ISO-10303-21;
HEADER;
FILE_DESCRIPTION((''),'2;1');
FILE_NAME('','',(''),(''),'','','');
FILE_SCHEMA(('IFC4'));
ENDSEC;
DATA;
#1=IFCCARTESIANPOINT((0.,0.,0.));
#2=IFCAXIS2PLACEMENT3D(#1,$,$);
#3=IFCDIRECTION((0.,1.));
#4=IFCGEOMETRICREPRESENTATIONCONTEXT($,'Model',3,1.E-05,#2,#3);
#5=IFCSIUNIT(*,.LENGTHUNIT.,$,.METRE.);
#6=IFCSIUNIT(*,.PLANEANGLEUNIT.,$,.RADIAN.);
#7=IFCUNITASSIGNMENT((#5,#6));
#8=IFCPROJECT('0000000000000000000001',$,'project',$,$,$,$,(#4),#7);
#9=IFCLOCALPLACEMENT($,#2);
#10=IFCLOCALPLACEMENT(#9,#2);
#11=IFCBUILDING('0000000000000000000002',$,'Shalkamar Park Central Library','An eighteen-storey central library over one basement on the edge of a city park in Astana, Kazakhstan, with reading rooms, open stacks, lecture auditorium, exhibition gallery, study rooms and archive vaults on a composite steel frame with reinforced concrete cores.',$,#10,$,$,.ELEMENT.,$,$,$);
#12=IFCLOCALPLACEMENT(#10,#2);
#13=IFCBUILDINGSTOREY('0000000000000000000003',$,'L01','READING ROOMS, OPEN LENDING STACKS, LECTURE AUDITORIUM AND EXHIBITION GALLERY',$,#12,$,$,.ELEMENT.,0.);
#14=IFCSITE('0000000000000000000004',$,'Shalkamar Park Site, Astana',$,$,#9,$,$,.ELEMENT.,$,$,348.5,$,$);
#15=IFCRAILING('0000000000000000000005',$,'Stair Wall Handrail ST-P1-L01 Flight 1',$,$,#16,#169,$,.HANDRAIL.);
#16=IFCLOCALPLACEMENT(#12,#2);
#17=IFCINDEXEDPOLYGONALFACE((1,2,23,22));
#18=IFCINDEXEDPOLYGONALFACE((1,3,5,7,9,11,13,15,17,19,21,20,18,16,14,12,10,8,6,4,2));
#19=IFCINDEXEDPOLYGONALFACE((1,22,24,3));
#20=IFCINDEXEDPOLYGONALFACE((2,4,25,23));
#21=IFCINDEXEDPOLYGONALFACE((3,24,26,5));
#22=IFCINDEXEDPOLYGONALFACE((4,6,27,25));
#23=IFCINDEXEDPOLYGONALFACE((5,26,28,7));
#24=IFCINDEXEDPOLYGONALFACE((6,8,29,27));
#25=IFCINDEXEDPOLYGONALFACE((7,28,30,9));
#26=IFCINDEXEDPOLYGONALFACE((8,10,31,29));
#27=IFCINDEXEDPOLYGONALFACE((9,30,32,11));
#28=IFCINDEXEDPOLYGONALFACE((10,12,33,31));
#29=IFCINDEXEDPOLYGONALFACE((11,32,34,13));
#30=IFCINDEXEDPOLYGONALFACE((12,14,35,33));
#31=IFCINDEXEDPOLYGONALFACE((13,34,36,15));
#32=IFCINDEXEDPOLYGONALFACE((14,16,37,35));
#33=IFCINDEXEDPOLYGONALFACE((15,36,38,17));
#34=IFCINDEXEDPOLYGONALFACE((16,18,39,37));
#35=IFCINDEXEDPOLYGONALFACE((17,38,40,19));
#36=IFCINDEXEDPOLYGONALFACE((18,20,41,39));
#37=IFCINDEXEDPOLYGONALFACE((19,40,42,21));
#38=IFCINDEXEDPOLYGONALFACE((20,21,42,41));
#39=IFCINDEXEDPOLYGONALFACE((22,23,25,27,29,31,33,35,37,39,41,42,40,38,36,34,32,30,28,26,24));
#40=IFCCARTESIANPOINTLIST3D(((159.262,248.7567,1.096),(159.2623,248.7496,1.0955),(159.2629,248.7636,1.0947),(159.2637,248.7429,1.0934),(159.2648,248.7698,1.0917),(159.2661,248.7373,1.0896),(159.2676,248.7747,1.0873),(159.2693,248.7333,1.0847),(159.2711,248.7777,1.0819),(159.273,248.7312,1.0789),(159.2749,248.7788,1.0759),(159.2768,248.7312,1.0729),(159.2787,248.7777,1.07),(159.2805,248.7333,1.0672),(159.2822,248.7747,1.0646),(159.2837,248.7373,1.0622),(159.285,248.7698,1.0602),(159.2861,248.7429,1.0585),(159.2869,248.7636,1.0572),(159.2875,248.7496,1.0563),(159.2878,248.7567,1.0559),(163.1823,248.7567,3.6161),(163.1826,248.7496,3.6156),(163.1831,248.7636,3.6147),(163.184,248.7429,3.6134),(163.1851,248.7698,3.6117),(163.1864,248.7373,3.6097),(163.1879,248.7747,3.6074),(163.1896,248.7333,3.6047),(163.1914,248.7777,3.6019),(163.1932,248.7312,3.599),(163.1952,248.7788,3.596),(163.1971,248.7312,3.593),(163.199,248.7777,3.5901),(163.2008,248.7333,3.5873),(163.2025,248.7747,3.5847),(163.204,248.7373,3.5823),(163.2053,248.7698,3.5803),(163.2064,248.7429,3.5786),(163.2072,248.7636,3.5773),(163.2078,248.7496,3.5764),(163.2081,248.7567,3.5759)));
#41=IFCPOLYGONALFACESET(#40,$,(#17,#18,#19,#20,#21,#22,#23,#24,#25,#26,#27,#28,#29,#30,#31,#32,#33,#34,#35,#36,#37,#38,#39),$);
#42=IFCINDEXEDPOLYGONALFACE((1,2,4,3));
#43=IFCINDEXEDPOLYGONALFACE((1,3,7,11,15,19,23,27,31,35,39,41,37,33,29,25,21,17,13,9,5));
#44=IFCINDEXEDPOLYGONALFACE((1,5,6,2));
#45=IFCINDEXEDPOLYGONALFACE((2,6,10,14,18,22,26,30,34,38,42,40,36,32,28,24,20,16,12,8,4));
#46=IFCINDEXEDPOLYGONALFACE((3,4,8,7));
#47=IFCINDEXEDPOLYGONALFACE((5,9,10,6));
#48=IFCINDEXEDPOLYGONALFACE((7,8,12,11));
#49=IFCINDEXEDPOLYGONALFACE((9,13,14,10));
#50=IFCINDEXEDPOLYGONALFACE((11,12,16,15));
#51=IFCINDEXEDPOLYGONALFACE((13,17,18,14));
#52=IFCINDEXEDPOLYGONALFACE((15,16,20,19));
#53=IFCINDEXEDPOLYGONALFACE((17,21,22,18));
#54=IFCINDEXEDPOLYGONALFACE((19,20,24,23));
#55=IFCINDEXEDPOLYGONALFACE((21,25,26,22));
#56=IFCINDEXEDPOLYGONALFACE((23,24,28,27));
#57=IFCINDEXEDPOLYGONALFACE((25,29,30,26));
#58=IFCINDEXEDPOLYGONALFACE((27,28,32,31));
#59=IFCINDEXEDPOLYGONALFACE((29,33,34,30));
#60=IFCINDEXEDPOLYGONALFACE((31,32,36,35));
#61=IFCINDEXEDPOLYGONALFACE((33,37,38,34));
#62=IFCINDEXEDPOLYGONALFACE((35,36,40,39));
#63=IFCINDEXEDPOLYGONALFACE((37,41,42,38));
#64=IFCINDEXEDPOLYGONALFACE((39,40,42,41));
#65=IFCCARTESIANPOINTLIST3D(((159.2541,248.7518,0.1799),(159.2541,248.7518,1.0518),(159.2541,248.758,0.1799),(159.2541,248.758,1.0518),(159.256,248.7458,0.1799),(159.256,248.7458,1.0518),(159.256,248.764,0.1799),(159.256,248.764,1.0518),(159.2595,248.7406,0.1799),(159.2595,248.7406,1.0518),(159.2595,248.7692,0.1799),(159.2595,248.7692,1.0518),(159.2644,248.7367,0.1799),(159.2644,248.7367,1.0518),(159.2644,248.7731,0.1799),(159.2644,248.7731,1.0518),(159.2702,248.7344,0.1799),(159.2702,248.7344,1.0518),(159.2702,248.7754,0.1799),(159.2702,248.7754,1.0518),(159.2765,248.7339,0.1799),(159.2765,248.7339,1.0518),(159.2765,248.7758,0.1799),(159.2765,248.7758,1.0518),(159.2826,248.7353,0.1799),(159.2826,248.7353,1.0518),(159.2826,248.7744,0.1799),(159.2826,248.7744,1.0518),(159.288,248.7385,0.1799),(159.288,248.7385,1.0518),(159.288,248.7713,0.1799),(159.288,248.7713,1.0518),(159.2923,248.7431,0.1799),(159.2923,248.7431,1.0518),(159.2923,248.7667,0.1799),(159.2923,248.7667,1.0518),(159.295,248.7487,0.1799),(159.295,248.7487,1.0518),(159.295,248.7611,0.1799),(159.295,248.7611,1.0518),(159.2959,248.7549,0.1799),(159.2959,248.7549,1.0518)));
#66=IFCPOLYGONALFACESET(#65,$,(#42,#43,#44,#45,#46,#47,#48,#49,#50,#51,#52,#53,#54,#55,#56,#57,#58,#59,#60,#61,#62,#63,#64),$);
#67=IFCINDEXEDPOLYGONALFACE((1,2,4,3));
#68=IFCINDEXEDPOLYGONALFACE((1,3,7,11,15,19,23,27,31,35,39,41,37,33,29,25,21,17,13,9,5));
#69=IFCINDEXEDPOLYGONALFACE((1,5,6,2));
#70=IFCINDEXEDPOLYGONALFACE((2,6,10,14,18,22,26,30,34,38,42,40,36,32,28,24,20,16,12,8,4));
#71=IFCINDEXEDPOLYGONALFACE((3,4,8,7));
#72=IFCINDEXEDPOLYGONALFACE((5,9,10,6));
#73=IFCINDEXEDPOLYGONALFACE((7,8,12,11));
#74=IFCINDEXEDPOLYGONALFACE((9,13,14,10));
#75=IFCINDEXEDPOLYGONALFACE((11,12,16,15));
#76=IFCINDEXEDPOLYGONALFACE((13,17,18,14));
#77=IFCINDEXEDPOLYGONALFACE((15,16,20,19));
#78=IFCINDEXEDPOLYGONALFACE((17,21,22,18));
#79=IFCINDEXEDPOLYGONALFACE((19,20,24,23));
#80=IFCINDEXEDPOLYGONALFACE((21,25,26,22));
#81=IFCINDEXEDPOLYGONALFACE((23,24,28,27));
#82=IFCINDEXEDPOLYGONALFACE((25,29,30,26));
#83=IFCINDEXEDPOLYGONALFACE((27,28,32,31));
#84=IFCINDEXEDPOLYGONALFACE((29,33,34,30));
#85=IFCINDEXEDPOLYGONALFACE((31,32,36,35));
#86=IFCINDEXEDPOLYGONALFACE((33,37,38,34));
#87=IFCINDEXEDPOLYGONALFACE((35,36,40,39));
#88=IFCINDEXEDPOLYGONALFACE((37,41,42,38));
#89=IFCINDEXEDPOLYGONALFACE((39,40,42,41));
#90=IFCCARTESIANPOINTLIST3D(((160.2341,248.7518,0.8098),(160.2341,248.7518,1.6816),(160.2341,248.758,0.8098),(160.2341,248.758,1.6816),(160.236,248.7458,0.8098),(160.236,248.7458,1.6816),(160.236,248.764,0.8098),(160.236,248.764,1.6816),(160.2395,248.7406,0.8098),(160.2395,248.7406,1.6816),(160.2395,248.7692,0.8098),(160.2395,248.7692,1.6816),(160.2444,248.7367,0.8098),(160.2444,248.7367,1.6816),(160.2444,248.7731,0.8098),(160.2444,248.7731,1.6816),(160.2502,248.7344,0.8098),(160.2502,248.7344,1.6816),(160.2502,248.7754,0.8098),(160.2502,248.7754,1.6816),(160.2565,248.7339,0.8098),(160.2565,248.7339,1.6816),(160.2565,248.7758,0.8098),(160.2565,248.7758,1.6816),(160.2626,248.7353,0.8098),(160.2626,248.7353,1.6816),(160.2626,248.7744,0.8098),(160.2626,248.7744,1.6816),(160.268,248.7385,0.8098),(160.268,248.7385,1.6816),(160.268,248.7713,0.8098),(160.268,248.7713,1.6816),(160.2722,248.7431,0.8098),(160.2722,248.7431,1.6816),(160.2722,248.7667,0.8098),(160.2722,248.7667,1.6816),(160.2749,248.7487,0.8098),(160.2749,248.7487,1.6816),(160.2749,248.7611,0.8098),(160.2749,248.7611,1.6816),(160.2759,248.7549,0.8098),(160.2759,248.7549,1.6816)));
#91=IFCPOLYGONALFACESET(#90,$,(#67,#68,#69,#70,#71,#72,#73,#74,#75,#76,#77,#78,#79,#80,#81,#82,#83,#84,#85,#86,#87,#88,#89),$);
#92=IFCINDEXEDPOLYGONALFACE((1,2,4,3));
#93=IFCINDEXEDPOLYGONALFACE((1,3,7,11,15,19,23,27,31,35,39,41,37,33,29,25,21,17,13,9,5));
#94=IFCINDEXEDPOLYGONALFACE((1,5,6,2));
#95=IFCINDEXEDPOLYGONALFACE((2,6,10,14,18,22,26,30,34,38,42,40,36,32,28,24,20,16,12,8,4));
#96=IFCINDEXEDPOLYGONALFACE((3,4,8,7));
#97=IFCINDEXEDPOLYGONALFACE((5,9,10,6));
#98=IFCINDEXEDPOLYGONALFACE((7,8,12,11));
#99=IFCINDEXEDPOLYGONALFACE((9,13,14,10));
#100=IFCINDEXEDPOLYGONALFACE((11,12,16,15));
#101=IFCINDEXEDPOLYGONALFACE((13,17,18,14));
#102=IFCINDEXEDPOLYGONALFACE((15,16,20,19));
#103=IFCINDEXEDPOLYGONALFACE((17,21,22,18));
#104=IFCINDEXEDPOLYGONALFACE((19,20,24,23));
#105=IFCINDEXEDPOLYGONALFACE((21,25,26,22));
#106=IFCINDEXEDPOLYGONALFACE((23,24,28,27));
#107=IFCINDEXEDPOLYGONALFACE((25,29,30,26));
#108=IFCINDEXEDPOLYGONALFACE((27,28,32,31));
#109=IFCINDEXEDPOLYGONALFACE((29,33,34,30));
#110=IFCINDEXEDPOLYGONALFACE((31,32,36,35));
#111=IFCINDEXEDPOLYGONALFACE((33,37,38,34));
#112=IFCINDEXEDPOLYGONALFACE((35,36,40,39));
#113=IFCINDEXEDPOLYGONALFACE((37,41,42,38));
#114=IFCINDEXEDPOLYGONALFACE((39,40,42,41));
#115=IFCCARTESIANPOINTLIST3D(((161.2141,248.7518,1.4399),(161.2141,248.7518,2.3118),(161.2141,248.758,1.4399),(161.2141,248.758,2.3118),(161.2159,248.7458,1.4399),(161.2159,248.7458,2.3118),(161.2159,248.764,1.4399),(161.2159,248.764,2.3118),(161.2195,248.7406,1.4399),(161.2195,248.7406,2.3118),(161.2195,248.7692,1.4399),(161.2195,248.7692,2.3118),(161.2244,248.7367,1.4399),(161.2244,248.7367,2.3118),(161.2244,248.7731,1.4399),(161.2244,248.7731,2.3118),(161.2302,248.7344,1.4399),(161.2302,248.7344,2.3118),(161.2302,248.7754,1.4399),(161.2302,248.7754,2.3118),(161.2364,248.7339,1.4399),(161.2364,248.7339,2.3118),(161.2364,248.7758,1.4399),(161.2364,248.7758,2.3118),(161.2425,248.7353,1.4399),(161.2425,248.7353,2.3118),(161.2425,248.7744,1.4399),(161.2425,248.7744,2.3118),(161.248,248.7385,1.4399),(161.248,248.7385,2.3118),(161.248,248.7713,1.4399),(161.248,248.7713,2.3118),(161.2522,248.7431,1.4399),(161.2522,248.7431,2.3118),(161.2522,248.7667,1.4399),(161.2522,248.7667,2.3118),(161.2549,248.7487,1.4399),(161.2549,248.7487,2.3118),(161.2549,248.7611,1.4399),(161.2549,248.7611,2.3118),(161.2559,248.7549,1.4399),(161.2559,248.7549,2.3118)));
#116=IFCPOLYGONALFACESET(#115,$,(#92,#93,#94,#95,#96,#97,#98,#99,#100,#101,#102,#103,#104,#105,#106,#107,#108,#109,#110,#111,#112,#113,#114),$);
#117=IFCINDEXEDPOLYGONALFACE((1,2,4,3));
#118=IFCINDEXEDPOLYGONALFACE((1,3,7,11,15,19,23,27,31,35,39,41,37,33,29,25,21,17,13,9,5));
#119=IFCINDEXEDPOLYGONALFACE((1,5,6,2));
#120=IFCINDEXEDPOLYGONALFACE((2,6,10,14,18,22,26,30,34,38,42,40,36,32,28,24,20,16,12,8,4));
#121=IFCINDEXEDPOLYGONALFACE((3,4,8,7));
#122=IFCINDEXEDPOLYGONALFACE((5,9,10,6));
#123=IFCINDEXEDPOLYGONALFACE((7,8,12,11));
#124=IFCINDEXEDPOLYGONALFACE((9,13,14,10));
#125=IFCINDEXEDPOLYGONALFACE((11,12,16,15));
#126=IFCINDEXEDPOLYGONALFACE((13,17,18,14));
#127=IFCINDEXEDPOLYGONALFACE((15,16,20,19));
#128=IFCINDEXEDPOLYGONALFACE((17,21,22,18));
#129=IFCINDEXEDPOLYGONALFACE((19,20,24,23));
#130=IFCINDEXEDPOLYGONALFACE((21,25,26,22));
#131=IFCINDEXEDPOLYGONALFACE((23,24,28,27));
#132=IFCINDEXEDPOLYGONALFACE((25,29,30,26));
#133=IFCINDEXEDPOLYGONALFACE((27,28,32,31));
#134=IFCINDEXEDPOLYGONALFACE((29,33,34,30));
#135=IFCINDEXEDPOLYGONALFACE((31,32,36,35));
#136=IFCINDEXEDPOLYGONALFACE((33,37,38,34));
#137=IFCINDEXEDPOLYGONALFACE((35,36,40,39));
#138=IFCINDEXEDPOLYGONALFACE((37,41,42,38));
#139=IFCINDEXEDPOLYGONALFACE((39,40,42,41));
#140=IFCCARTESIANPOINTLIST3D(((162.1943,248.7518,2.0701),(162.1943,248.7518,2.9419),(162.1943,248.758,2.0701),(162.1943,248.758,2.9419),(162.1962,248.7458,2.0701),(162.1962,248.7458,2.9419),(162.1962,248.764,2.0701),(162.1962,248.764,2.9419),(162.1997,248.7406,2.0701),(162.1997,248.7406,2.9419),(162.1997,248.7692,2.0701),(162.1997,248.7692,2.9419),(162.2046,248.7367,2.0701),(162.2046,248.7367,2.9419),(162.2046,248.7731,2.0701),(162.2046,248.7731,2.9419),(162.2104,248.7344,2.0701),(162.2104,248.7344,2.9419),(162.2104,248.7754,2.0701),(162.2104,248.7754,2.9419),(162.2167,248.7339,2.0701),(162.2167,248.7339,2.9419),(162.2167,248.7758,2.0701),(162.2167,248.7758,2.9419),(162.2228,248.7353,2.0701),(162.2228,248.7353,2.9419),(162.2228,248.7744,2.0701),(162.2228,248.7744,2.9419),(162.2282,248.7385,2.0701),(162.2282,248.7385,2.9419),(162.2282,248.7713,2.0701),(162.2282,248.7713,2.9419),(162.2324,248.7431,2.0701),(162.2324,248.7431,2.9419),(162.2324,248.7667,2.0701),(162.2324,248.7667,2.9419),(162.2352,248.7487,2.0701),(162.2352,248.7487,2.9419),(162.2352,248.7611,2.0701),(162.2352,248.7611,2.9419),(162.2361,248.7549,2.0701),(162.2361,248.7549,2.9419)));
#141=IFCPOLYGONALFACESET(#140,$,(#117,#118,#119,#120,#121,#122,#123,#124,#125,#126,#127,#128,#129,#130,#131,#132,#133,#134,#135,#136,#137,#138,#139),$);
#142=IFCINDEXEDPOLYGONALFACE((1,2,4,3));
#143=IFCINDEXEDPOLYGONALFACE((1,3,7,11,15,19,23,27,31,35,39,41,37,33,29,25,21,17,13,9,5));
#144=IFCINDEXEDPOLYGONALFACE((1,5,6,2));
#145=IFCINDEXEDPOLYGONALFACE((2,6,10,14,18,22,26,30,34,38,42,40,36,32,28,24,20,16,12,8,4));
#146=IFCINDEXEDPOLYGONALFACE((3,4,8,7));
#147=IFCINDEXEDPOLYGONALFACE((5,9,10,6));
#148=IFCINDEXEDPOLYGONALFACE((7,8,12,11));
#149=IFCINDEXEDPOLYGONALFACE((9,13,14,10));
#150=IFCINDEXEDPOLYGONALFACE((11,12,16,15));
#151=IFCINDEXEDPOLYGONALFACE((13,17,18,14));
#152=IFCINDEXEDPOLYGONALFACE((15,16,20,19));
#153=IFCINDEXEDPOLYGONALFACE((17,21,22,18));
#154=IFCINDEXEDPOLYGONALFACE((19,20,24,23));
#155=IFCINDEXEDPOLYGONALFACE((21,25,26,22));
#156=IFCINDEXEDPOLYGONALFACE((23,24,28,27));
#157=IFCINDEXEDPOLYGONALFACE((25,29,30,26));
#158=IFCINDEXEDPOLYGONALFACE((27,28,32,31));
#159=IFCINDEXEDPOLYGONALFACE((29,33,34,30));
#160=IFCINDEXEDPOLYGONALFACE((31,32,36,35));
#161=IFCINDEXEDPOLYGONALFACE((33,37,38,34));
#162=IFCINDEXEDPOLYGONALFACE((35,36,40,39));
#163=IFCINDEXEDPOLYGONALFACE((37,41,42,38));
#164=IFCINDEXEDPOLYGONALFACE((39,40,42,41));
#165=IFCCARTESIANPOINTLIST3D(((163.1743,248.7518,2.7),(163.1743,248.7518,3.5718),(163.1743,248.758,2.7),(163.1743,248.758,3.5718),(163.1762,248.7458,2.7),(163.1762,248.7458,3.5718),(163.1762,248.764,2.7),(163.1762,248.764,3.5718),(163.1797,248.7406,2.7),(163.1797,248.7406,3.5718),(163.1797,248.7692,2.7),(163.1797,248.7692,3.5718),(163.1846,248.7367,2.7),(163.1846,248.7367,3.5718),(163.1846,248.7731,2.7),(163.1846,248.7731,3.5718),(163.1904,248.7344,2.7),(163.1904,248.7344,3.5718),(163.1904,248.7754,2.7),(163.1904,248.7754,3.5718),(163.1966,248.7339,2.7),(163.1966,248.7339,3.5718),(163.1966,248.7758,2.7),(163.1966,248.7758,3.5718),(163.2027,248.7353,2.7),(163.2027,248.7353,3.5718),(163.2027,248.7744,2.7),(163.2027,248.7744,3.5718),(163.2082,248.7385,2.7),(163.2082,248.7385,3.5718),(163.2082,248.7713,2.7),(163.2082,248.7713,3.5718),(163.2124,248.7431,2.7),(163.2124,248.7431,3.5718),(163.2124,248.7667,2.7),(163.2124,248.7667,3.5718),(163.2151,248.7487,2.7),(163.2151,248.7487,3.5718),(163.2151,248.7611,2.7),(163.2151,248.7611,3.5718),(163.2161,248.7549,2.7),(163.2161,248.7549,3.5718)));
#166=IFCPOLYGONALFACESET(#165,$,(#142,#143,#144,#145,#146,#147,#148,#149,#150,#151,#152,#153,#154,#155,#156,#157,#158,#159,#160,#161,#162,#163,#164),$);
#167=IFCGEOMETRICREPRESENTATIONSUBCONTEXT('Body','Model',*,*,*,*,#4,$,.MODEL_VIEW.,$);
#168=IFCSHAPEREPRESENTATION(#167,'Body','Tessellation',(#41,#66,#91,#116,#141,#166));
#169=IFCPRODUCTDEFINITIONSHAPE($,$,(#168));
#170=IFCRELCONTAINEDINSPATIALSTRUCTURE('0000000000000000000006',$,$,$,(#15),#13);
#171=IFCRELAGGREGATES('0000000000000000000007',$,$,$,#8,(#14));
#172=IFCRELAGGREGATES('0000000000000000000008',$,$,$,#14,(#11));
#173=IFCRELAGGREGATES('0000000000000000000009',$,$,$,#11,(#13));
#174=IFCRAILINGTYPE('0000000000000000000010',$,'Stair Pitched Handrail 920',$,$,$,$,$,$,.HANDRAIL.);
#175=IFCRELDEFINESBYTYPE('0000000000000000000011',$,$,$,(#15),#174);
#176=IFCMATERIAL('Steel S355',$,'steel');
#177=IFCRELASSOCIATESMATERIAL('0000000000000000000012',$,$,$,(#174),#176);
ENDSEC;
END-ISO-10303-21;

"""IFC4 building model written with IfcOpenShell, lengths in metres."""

from ifc_helpers import new_model, si_unit, direction, frame, origin, origin_2d, place, context, subcontext, project, spatial, circle, extrude, material, type_object, element, save


model = new_model("IFC4")

# Units and contexts
model_context = context("Model", 3, precision=1e-05, world=origin(), true_north=direction((0.0, 1.0)))
body_context = subcontext(model_context, "Body", "Model", "MODEL_VIEW")
ifc_project = project(units=[si_unit("LENGTHUNIT", "METRE"), si_unit("PLANEANGLEUNIT", "RADIAN")], contexts=[model_context])

# Site, building, storey
site_placement = place(None, origin())
site = spatial("IfcSite", under=ifc_project, at=site_placement, Name="Shalkamar Park Site, Astana", CompositionType="ELEMENT", RefElevation=348.5)
building_placement = place(site_placement, origin())
building = spatial("IfcBuilding", under=site, at=building_placement, Name="Shalkamar Park Central Library", Description="An eighteen-storey central library over one basement on the edge of a city park in Astana, Kazakhstan, with reading rooms, open stacks, lecture auditorium, exhibition gallery, study rooms and archive vaults on a composite steel frame with reinforced concrete cores.", CompositionType="ELEMENT")
storey_placement = place(building_placement, origin())
storey = spatial("IfcBuildingStorey", under=building, at=storey_placement, Name="L01", Description="READING ROOMS, OPEN LENDING STACKS, LECTURE AUDITORIUM AND EXHIBITION GALLERY", CompositionType="ELEMENT", Elevation=0.0)

# Shared definitions
ifc_material_1 = material(Name="Steel S355", Category="steel")

# Railing
railing_type_1 = type_object("IfcRailingType", Name="Stair Pitched Handrail 920", PredefinedType="HANDRAIL", material=ifc_material_1)
railing_1_placement = place(storey_placement, frame((159.2749, 248.7549, 0.1799)))
element("IfcRailing", 1, at=railing_1_placement, inside=storey, type_object=railing_type_1, Name="Stair Wall Handrail ST-P1-L01 Flight 1", PredefinedType="HANDRAIL", context=body_context, shape_type="SweptSolid", body=[
    extrude(circle(Radius=0.0239, at=origin_2d()), frame((0.0, 0.0, 0.896), z_axis=(0.841187, 0.0, 0.540744), x_axis=(0.0, 1.0, 0.0)), (0.0, 0.0, 1.0), 4.6604),
    extrude(circle(Radius=0.021, at=origin_2d()), origin(), (0.0, 0.0, 1.0), 0.8718),
    extrude(circle(Radius=0.021, at=origin_2d()), frame((0.98, 0.0, 0.6299)), (0.0, 0.0, 1.0), 0.8718),
    extrude(circle(Radius=0.021, at=origin_2d()), frame((1.96, 0.0, 1.26)), (0.0, 0.0, 1.0), 0.8718),
    extrude(circle(Radius=0.021, at=origin_2d()), frame((2.9402, 0.0, 1.8901)), (0.0, 0.0, 1.0), 0.8718),
    extrude(circle(Radius=0.021, at=origin_2d()), frame((3.9202, 0.0, 2.52)), (0.0, 0.0, 1.0), 0.8718),
])

save(model, "model.ifc")
